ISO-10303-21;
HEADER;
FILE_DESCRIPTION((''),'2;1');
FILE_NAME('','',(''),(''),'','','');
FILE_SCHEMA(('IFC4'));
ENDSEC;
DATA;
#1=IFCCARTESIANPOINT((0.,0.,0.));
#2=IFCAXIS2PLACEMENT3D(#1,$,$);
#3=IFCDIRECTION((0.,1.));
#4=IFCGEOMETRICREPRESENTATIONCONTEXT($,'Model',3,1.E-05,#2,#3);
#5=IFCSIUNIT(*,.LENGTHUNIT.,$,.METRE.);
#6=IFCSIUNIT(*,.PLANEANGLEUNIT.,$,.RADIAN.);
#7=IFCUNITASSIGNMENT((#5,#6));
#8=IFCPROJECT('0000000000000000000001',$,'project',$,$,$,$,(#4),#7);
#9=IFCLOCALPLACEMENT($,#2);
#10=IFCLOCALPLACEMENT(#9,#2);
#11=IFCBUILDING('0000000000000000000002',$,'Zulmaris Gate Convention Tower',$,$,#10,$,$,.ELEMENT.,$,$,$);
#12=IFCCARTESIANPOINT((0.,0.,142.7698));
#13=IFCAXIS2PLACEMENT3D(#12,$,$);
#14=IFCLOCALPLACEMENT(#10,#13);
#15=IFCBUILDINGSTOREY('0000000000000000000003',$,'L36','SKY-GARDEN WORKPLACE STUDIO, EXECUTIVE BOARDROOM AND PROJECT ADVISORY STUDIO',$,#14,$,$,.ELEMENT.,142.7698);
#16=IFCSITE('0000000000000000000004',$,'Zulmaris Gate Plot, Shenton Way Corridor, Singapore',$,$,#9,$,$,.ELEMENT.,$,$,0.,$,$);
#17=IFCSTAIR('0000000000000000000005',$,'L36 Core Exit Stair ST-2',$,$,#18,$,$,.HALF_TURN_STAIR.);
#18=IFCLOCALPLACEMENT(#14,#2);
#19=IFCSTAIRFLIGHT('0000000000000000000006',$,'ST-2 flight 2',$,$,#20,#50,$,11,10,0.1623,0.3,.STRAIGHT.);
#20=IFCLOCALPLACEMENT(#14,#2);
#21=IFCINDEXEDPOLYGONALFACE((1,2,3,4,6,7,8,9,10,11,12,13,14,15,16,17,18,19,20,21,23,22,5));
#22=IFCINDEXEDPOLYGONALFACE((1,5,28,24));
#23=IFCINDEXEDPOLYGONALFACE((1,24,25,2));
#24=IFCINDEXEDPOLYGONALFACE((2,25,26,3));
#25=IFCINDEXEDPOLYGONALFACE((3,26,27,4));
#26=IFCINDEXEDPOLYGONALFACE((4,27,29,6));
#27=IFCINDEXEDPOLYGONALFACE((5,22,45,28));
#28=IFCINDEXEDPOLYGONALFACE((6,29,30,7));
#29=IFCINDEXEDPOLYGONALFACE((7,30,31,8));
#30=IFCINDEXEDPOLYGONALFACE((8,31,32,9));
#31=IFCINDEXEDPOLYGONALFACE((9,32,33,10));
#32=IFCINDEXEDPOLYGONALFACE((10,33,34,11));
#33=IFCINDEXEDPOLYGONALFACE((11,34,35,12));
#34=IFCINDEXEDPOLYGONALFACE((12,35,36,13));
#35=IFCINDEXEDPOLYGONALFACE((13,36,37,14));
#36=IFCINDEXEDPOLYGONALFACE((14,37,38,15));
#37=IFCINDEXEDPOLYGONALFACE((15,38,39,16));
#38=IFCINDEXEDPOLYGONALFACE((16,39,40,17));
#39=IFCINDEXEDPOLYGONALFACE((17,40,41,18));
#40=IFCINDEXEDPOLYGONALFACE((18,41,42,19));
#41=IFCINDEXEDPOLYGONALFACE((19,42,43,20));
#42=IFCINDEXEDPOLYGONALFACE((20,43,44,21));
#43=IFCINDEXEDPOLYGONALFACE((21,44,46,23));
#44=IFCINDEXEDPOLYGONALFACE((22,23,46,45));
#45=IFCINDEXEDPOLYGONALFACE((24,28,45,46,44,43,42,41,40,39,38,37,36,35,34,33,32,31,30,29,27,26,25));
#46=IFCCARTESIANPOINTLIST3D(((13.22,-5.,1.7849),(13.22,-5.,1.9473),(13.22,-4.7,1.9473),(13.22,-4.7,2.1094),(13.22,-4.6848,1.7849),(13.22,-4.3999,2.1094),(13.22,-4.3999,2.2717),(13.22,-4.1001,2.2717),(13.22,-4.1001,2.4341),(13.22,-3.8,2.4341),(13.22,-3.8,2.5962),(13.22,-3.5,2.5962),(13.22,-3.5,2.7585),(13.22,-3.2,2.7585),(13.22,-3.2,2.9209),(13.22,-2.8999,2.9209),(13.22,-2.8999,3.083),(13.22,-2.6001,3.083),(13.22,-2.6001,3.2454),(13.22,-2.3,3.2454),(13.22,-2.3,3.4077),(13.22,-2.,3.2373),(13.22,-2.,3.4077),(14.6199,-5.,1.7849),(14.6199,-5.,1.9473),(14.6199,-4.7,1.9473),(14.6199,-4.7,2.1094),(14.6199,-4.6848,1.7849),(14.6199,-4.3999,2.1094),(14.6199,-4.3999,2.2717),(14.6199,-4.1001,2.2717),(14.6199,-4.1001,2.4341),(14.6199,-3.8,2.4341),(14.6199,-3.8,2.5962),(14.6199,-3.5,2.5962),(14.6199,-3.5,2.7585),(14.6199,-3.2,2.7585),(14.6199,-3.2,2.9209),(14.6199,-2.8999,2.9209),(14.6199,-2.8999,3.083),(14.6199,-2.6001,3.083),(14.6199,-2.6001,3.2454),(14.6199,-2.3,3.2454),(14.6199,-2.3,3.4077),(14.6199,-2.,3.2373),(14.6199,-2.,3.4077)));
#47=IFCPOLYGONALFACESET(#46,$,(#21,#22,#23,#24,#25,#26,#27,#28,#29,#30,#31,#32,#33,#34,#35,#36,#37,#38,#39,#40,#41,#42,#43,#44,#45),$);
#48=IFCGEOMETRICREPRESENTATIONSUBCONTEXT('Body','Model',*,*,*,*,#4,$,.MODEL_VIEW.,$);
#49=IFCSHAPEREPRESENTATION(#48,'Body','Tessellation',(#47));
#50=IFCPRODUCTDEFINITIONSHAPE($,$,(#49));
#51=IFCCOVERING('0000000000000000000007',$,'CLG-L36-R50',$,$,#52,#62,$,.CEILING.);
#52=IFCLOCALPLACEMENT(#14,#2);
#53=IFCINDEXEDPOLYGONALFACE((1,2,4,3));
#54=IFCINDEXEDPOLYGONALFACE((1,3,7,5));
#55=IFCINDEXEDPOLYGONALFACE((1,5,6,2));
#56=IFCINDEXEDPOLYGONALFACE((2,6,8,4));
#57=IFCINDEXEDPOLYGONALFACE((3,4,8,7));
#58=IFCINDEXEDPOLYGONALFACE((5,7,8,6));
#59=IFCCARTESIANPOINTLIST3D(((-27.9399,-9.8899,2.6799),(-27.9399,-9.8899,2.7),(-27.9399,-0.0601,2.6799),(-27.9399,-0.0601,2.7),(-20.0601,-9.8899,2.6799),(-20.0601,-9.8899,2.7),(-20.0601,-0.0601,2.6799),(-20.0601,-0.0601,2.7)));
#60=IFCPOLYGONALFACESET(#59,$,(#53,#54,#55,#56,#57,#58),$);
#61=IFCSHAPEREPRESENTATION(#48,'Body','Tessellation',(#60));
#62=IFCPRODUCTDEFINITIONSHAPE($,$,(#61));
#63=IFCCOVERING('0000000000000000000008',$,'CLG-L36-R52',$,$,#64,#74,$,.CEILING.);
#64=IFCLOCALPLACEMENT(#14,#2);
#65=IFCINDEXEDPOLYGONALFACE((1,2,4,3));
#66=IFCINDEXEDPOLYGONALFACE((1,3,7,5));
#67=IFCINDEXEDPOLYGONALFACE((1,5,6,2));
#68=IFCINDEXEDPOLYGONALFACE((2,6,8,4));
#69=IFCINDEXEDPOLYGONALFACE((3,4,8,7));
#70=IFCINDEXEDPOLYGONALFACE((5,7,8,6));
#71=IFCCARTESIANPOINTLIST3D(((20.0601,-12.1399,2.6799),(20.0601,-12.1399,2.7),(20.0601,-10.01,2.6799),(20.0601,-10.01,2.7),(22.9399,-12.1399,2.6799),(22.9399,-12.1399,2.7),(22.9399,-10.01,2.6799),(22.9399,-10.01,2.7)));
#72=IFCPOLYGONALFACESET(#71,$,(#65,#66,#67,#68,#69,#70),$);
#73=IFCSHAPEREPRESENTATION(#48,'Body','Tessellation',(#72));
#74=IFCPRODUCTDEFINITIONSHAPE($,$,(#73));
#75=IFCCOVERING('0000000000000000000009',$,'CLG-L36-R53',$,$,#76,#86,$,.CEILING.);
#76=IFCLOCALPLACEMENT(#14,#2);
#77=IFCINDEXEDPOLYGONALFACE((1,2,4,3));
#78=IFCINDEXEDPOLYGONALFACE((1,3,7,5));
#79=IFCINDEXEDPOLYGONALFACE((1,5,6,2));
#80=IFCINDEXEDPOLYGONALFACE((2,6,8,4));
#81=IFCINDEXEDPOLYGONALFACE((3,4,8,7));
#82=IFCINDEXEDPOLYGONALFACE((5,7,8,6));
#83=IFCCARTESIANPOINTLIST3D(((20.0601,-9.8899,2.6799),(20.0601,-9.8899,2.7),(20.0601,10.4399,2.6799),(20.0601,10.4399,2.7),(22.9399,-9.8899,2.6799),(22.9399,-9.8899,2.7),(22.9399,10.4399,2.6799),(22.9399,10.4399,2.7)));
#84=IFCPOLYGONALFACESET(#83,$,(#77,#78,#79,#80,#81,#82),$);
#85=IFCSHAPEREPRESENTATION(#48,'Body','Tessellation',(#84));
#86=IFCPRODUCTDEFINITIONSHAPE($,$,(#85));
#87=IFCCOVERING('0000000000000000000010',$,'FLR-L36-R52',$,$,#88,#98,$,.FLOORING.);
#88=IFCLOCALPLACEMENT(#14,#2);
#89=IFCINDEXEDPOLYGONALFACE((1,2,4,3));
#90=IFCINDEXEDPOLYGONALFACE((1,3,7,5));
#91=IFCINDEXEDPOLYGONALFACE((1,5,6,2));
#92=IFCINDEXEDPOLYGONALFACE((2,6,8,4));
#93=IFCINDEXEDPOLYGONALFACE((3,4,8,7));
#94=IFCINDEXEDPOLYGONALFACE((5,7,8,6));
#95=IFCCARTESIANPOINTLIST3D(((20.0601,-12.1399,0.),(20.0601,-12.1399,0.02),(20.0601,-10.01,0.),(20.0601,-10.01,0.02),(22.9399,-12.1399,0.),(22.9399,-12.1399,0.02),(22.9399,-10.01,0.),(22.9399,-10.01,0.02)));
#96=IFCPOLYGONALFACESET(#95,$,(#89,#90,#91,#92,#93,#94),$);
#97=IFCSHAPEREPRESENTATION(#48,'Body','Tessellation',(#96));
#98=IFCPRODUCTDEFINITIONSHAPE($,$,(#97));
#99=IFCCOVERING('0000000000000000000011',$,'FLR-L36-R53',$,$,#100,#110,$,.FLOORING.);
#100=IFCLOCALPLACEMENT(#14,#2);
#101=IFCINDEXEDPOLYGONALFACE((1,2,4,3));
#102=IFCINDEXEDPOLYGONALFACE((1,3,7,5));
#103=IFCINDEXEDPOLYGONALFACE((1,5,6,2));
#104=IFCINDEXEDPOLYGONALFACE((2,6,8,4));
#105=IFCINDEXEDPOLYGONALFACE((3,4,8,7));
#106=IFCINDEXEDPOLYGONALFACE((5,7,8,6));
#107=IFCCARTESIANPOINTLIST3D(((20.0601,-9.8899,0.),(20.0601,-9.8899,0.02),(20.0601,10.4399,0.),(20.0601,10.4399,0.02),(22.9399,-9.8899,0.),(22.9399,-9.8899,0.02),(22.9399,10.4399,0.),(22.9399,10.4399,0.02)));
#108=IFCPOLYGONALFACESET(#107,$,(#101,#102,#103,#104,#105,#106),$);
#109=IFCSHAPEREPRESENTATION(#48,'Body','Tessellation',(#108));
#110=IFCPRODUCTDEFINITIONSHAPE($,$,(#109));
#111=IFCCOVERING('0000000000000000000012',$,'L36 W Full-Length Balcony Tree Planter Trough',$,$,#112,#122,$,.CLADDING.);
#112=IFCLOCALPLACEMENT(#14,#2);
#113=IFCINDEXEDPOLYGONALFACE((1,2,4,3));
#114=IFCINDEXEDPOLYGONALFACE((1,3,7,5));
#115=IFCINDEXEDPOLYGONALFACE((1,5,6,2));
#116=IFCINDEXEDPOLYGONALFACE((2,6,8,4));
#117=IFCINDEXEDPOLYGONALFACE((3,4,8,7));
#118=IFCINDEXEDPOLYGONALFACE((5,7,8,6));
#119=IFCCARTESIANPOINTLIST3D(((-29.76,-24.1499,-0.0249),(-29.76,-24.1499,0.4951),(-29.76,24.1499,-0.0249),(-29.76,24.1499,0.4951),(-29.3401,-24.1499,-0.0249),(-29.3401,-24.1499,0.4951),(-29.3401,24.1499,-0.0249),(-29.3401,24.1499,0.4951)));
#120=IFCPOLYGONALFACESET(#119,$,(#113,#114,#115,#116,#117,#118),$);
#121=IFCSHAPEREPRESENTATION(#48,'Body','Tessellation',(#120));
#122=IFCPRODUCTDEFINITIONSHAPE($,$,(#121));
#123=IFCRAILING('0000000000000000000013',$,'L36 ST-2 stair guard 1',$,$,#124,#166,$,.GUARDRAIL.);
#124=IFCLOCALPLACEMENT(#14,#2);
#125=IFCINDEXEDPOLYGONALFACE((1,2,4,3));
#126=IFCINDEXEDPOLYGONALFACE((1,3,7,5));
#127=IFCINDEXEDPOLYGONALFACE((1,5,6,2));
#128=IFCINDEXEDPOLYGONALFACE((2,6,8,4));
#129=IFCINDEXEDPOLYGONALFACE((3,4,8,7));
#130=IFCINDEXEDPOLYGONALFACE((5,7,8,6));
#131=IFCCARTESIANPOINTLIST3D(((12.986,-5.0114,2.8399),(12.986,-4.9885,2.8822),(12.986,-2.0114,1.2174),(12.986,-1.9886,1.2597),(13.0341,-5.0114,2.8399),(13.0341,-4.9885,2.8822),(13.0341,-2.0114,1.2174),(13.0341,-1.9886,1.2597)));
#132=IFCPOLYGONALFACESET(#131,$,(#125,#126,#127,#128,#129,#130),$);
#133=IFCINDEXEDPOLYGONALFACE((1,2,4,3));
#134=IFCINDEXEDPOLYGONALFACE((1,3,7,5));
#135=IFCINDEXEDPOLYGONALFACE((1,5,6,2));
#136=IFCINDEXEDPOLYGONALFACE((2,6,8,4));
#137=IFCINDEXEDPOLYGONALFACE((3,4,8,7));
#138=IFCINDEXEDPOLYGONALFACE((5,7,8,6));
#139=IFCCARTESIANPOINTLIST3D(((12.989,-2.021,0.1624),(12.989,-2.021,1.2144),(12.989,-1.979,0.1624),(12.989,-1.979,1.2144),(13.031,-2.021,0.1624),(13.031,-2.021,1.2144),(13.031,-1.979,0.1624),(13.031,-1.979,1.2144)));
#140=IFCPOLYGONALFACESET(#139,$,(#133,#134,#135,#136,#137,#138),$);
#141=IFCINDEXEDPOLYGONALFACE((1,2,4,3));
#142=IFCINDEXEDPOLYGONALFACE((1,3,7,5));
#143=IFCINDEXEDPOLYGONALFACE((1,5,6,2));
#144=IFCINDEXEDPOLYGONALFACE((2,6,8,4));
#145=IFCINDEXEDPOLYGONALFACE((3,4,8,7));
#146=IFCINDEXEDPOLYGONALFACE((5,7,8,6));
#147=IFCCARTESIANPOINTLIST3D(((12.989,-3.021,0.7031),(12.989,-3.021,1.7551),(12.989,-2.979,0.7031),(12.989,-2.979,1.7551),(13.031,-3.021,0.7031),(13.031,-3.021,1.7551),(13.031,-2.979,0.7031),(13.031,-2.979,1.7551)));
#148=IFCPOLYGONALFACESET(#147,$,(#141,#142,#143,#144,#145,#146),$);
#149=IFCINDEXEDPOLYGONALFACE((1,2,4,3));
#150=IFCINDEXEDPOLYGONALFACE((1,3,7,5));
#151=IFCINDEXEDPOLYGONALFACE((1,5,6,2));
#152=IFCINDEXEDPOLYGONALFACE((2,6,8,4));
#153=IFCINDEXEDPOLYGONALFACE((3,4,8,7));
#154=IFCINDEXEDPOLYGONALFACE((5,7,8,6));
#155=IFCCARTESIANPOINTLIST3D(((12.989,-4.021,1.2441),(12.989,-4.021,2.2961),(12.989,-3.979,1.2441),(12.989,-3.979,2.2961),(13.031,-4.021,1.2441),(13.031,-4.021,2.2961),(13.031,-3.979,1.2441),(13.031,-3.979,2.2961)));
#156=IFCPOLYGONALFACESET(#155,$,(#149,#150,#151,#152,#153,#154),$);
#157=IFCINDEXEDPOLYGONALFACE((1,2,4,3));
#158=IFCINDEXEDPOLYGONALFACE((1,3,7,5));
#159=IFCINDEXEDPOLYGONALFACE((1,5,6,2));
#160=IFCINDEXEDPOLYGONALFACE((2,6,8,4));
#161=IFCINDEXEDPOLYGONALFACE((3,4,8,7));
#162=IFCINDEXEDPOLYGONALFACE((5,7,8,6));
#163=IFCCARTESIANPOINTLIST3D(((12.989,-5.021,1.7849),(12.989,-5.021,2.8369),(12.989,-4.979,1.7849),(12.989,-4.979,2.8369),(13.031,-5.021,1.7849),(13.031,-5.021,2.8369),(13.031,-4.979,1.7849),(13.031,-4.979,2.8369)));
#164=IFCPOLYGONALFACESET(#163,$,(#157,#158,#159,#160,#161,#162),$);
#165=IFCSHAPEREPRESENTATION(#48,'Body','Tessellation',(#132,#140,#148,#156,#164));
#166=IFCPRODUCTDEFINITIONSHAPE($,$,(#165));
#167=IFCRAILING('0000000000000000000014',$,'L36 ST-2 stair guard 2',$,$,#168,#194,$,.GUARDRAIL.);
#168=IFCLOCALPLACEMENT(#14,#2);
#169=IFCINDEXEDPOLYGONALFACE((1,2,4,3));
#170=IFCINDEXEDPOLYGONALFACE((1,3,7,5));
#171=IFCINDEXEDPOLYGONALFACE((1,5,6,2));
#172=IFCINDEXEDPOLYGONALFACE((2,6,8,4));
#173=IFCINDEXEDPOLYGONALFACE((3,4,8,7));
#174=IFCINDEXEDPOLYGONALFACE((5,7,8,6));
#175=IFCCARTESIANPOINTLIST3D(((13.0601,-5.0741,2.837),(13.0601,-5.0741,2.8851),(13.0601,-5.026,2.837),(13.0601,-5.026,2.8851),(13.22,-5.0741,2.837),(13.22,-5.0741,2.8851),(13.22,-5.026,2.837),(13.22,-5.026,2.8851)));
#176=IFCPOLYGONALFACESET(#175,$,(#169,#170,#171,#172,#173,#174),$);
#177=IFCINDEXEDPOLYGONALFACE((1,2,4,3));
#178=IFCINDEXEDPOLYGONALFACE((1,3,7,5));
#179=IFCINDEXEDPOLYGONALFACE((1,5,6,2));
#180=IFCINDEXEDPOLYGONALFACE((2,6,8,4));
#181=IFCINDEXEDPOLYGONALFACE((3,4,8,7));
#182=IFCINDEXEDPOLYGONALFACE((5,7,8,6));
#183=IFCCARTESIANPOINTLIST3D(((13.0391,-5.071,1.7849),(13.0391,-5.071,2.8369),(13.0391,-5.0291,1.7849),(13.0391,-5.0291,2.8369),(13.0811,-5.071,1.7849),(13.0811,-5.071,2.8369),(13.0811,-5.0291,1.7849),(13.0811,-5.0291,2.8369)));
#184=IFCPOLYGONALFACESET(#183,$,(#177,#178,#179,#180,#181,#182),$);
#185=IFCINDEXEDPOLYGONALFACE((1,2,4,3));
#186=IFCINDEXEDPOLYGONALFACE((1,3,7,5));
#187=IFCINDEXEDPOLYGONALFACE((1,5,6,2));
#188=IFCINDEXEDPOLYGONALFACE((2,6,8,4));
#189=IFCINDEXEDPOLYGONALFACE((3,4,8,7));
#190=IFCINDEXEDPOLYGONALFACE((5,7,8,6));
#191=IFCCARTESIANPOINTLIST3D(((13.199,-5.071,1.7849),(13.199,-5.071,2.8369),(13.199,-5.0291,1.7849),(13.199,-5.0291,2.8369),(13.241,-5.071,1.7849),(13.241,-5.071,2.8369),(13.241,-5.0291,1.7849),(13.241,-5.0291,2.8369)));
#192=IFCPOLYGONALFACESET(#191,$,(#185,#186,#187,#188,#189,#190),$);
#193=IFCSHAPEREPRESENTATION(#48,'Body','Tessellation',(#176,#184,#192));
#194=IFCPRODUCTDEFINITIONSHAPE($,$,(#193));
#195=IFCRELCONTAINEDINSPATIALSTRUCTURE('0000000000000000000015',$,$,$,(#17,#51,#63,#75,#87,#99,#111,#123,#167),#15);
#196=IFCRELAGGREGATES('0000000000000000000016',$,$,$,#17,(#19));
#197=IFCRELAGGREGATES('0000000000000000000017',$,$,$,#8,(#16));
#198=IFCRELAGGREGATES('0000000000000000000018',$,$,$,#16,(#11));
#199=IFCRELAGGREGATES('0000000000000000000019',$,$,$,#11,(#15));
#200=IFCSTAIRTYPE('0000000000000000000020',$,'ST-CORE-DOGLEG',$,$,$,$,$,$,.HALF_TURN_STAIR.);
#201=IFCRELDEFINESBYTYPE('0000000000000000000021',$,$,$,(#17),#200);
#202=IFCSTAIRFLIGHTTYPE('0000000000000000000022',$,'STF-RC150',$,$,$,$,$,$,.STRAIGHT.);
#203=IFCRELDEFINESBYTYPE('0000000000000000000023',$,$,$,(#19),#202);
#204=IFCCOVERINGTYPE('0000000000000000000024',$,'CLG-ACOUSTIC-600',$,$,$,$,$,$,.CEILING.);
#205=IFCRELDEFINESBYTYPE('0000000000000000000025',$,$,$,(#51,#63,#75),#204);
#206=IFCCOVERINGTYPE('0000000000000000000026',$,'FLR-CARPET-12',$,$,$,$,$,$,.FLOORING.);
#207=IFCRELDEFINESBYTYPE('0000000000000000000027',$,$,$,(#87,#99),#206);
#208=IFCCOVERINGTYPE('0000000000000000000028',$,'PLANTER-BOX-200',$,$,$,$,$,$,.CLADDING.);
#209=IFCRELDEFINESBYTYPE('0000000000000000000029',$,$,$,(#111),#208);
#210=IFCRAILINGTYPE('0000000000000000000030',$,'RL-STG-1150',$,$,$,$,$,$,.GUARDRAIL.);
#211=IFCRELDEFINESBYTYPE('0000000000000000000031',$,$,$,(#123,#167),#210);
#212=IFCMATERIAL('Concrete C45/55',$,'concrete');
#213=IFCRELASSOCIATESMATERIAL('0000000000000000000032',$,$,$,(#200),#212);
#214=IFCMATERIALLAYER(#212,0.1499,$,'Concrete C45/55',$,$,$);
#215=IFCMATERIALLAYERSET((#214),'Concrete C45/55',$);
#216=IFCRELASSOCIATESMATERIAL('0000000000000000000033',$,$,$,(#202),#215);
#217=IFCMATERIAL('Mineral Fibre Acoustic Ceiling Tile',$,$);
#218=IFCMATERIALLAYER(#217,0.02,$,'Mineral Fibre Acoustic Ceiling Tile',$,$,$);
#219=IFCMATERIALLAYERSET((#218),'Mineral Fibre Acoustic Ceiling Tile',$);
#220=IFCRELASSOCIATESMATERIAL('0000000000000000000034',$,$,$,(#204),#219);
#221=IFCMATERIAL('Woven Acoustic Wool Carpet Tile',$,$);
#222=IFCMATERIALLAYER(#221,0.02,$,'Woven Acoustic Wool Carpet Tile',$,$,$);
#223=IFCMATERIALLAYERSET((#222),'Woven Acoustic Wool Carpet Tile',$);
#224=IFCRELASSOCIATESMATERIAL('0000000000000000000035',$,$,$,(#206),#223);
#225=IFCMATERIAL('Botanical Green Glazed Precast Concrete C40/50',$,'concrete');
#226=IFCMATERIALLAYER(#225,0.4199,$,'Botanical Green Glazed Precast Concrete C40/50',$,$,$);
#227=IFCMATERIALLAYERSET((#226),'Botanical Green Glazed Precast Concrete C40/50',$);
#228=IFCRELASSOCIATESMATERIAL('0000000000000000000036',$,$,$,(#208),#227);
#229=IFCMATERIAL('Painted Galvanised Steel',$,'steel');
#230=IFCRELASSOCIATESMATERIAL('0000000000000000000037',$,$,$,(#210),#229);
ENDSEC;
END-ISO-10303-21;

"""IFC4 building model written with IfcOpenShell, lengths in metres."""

from ifc_helpers import new_model, si_unit, direction, frame, origin, origin_2d, place, context, subcontext, project, spatial, polyline, rectangle, outline, extrude, material, layer, layer_set, type_object, element, aggregate, save


model = new_model("IFC4")

# Units and contexts
model_context = context("Model", 3, precision=1e-05, world=origin(), true_north=direction((0.0, 1.0)))
body_context = subcontext(model_context, "Body", "Model", "MODEL_VIEW")
ifc_project = project(units=[si_unit("LENGTHUNIT", "METRE"), si_unit("PLANEANGLEUNIT", "RADIAN")], contexts=[model_context])

# Site, building, storey
site_placement = place(None, origin())
site = spatial("IfcSite", under=ifc_project, at=site_placement, Name="Zulmaris Gate Plot, Shenton Way Corridor, Singapore", CompositionType="ELEMENT", RefElevation=0.0)
building_placement = place(site_placement, origin())
building = spatial("IfcBuilding", under=site, at=building_placement, Name="Zulmaris Gate Convention Tower", CompositionType="ELEMENT")
storey_placement = place(building_placement, frame((0.0, 0.0, 142.7698)))
storey = spatial("IfcBuildingStorey", under=building, at=storey_placement, Name="L36", Description="SKY-GARDEN WORKPLACE STUDIO, EXECUTIVE BOARDROOM AND PROJECT ADVISORY STUDIO", CompositionType="ELEMENT", Elevation=142.7698)

# Stair, stair flight
ifc_material_1 = material(Name="Concrete C45/55", Category="concrete")
stair_type = type_object("IfcStairType", Name="ST-CORE-DOGLEG", PredefinedType="HALF_TURN_STAIR", material=ifc_material_1)
stair_placement = place(storey_placement, origin())
stair = element("IfcStair", 1, at=stair_placement, inside=storey, type_object=stair_type, Name="L36 Core Exit Stair ST-2", PredefinedType="HALF_TURN_STAIR")
ifc_layer_1 = layer(ifc_material_1, 0.1499, Name="Concrete C45/55")
ifc_layer_set_1 = layer_set([ifc_layer_1], Name="Concrete C45/55")
stair_flight_type = type_object("IfcStairFlightType", Name="STF-RC150", PredefinedType="STRAIGHT", material=ifc_layer_set_1)
stair_flight_1_placement = place(storey_placement, frame((13.9199, -5.0, 1.7849), z_axis=(0.0, 0.0, 1.0), x_axis=(0.0, 1.0, 0.0)))
stair_flight_1 = element("IfcStairFlight", 2, at=stair_flight_1_placement, type_object=stair_flight_type, Name="ST-2 flight 2", NumberOfRisers=11, NumberOfTreads=10, PredefinedType="STRAIGHT", RiserHeight=0.1623, TreadLength=0.3, context=body_context, shape_type="SweptSolid", body=[
    extrude(outline(polyline([(0.0, 0.0), (0.0, 0.1624), (0.3, 0.1624), (0.3, 0.3245), (0.6001, 0.3245), (0.6001, 0.4868), (0.8999, 0.4868), (0.8999, 0.6492), (1.2, 0.6492), (1.2, 0.8113), (1.5, 0.8113), (1.5, 0.9736), (1.8, 0.9736), (1.8, 1.136), (2.1001, 1.136), (2.1001, 1.2981), (2.3999, 1.2981), (2.3999, 1.4604), (2.7, 1.4604), (2.7, 1.6228), (3.0, 1.6228), (3.0, 1.7849), (3.0, 1.4524), (0.3152, 0.0), (0.0, 0.0)])), frame((0.0, 0.7, 0.0), z_axis=(0.0, -1.0, 0.0), x_axis=(1.0, 0.0, 0.0)), (0.0, 0.0, 1.0), 1.3999),
])
aggregate(stair, [stair_flight_1])

# Coverings
ifc_material_2 = material(Name="Mineral Fibre Acoustic Ceiling Tile")
ifc_layer_2 = layer(ifc_material_2, 0.02, Name="Mineral Fibre Acoustic Ceiling Tile")
ifc_layer_set_2 = layer_set([ifc_layer_2], Name="Mineral Fibre Acoustic Ceiling Tile")
covering_type_1 = type_object("IfcCoveringType", Name="CLG-ACOUSTIC-600", PredefinedType="CEILING", material=ifc_layer_set_2)
covering_1_placement = place(storey_placement, frame((0.0, 0.0, 2.6799)))
element("IfcCovering", 3, at=covering_1_placement, inside=storey, type_object=covering_type_1, Name="CLG-L36-R50", PredefinedType="CEILING", context=body_context, shape_type="SweptSolid", body=[
    extrude(outline(polyline([(-27.9399, -9.8899), (-20.0601, -9.8899), (-20.0601, -0.0601), (-27.9399, -0.0601), (-27.9399, -9.8899)])), origin(), (0.0, 0.0, 1.0), 0.02),
])
covering_2_placement = place(storey_placement, frame((0.0, 0.0, 2.6799)))
element("IfcCovering", 4, at=covering_2_placement, inside=storey, type_object=covering_type_1, Name="CLG-L36-R52", PredefinedType="CEILING", context=body_context, shape_type="SweptSolid", body=[
    extrude(outline(polyline([(20.0601, -12.1399), (22.9399, -12.1399), (22.9399, -10.01), (20.0601, -10.01), (20.0601, -12.1399)])), origin(), (0.0, 0.0, 1.0), 0.02),
])
covering_3_placement = place(storey_placement, frame((0.0, 0.0, 2.6799)))
element("IfcCovering", 5, at=covering_3_placement, inside=storey, type_object=covering_type_1, Name="CLG-L36-R53", PredefinedType="CEILING", context=body_context, shape_type="SweptSolid", body=[
    extrude(outline(polyline([(20.0601, -9.8899), (22.9399, -9.8899), (22.9399, 10.4399), (20.0601, 10.4399), (20.0601, -9.8899)])), origin(), (0.0, 0.0, 1.0), 0.02),
])
ifc_material_3 = material(Name="Woven Acoustic Wool Carpet Tile")
ifc_layer_3 = layer(ifc_material_3, 0.02, Name="Woven Acoustic Wool Carpet Tile")
ifc_layer_set_3 = layer_set([ifc_layer_3], Name="Woven Acoustic Wool Carpet Tile")
covering_type_2 = type_object("IfcCoveringType", Name="FLR-CARPET-12", PredefinedType="FLOORING", material=ifc_layer_set_3)
covering_4_placement = place(storey_placement, origin())
element("IfcCovering", 6, at=covering_4_placement, inside=storey, type_object=covering_type_2, Name="FLR-L36-R52", PredefinedType="FLOORING", context=body_context, shape_type="SweptSolid", body=[
    extrude(outline(polyline([(20.0601, -12.1399), (22.9399, -12.1399), (22.9399, -10.01), (20.0601, -10.01), (20.0601, -12.1399)])), origin(), (0.0, 0.0, 1.0), 0.02),
])
covering_5_placement = place(storey_placement, origin())
element("IfcCovering", 7, at=covering_5_placement, inside=storey, type_object=covering_type_2, Name="FLR-L36-R53", PredefinedType="FLOORING", context=body_context, shape_type="SweptSolid", body=[
    extrude(outline(polyline([(20.0601, -9.8899), (22.9399, -9.8899), (22.9399, 10.4399), (20.0601, 10.4399), (20.0601, -9.8899)])), origin(), (0.0, 0.0, 1.0), 0.02),
])
ifc_material_4 = material(Name="Botanical Green Glazed Precast Concrete C40/50", Category="concrete")
ifc_layer_4 = layer(ifc_material_4, 0.4199, Name="Botanical Green Glazed Precast Concrete C40/50")
ifc_layer_set_4 = layer_set([ifc_layer_4], Name="Botanical Green Glazed Precast Concrete C40/50")
covering_type_3 = type_object("IfcCoveringType", Name="PLANTER-BOX-200", PredefinedType="CLADDING", material=ifc_layer_set_4)
covering_6_placement = place(storey_placement, frame((0.0, 0.0, -0.0249)))
element("IfcCovering", 8, at=covering_6_placement, inside=storey, type_object=covering_type_3, Name="L36 W Full-Length Balcony Tree Planter Trough", PredefinedType="CLADDING", context=body_context, shape_type="SweptSolid", body=[
    extrude(outline(polyline([(-29.76, -24.1499), (-29.3401, -24.1499), (-29.3401, 24.1499), (-29.76, 24.1499), (-29.76, -24.1499)])), origin(), (0.0, 0.0, 1.0), 0.52),
])

# Railings
ifc_material_5 = material(Name="Painted Galvanised Steel", Category="steel")
railing_type_1 = type_object("IfcRailingType", Name="RL-STG-1150", PredefinedType="GUARDRAIL", material=ifc_material_5)
railing_1_placement = place(storey_placement, frame((13.01, -2.0, 0.1624)))
element("IfcRailing", 9, at=railing_1_placement, inside=storey, type_object=railing_type_1, Name="L36 ST-2 stair guard 1", PredefinedType="GUARDRAIL", context=body_context, shape_type="SweptSolid", body=[
    extrude(rectangle(XDim=0.0481, YDim=0.0481, at=origin_2d()), frame((0.0, 0.0, 1.0762), z_axis=(0.0, -0.879592, 0.47573), x_axis=(1.0, 0.0, 0.0)), (0.0, 0.0, 1.0), 3.4106),
    extrude(rectangle(XDim=0.042, YDim=0.042, at=origin_2d()), origin(), (0.0, 0.0, 1.0), 1.052),
    extrude(rectangle(XDim=0.042, YDim=0.042, at=origin_2d()), frame((0.0, -1.0, 0.5408)), (0.0, 0.0, 1.0), 1.052),
    extrude(rectangle(XDim=0.042, YDim=0.042, at=origin_2d()), frame((0.0, -2.0, 1.0818)), (0.0, 0.0, 1.0), 1.052),
    extrude(rectangle(XDim=0.042, YDim=0.042, at=origin_2d()), frame((0.0, -3.0, 1.6226)), (0.0, 0.0, 1.0), 1.052),
])
railing_2_placement = place(storey_placement, frame((13.0601, -5.05, 1.7849)))
element("IfcRailing", 10, at=railing_2_placement, inside=storey, type_object=railing_type_1, Name="L36 ST-2 stair guard 2", PredefinedType="GUARDRAIL", context=body_context, shape_type="SweptSolid", body=[
    extrude(rectangle(XDim=0.0481, YDim=0.0481, at=origin_2d()), frame((0.0, 0.0, 1.0762), z_axis=(1.0, 0.0, 0.0), x_axis=(0.0, 1.0, 0.0)), (0.0, 0.0, 1.0), 0.1599),
    extrude(rectangle(XDim=0.042, YDim=0.042, at=origin_2d()), origin(), (0.0, 0.0, 1.0), 1.052),
    extrude(rectangle(XDim=0.042, YDim=0.042, at=origin_2d()), frame((0.1599, 0.0, 0.0)), (0.0, 0.0, 1.0), 1.052),
])

save(model, "model.ifc")
